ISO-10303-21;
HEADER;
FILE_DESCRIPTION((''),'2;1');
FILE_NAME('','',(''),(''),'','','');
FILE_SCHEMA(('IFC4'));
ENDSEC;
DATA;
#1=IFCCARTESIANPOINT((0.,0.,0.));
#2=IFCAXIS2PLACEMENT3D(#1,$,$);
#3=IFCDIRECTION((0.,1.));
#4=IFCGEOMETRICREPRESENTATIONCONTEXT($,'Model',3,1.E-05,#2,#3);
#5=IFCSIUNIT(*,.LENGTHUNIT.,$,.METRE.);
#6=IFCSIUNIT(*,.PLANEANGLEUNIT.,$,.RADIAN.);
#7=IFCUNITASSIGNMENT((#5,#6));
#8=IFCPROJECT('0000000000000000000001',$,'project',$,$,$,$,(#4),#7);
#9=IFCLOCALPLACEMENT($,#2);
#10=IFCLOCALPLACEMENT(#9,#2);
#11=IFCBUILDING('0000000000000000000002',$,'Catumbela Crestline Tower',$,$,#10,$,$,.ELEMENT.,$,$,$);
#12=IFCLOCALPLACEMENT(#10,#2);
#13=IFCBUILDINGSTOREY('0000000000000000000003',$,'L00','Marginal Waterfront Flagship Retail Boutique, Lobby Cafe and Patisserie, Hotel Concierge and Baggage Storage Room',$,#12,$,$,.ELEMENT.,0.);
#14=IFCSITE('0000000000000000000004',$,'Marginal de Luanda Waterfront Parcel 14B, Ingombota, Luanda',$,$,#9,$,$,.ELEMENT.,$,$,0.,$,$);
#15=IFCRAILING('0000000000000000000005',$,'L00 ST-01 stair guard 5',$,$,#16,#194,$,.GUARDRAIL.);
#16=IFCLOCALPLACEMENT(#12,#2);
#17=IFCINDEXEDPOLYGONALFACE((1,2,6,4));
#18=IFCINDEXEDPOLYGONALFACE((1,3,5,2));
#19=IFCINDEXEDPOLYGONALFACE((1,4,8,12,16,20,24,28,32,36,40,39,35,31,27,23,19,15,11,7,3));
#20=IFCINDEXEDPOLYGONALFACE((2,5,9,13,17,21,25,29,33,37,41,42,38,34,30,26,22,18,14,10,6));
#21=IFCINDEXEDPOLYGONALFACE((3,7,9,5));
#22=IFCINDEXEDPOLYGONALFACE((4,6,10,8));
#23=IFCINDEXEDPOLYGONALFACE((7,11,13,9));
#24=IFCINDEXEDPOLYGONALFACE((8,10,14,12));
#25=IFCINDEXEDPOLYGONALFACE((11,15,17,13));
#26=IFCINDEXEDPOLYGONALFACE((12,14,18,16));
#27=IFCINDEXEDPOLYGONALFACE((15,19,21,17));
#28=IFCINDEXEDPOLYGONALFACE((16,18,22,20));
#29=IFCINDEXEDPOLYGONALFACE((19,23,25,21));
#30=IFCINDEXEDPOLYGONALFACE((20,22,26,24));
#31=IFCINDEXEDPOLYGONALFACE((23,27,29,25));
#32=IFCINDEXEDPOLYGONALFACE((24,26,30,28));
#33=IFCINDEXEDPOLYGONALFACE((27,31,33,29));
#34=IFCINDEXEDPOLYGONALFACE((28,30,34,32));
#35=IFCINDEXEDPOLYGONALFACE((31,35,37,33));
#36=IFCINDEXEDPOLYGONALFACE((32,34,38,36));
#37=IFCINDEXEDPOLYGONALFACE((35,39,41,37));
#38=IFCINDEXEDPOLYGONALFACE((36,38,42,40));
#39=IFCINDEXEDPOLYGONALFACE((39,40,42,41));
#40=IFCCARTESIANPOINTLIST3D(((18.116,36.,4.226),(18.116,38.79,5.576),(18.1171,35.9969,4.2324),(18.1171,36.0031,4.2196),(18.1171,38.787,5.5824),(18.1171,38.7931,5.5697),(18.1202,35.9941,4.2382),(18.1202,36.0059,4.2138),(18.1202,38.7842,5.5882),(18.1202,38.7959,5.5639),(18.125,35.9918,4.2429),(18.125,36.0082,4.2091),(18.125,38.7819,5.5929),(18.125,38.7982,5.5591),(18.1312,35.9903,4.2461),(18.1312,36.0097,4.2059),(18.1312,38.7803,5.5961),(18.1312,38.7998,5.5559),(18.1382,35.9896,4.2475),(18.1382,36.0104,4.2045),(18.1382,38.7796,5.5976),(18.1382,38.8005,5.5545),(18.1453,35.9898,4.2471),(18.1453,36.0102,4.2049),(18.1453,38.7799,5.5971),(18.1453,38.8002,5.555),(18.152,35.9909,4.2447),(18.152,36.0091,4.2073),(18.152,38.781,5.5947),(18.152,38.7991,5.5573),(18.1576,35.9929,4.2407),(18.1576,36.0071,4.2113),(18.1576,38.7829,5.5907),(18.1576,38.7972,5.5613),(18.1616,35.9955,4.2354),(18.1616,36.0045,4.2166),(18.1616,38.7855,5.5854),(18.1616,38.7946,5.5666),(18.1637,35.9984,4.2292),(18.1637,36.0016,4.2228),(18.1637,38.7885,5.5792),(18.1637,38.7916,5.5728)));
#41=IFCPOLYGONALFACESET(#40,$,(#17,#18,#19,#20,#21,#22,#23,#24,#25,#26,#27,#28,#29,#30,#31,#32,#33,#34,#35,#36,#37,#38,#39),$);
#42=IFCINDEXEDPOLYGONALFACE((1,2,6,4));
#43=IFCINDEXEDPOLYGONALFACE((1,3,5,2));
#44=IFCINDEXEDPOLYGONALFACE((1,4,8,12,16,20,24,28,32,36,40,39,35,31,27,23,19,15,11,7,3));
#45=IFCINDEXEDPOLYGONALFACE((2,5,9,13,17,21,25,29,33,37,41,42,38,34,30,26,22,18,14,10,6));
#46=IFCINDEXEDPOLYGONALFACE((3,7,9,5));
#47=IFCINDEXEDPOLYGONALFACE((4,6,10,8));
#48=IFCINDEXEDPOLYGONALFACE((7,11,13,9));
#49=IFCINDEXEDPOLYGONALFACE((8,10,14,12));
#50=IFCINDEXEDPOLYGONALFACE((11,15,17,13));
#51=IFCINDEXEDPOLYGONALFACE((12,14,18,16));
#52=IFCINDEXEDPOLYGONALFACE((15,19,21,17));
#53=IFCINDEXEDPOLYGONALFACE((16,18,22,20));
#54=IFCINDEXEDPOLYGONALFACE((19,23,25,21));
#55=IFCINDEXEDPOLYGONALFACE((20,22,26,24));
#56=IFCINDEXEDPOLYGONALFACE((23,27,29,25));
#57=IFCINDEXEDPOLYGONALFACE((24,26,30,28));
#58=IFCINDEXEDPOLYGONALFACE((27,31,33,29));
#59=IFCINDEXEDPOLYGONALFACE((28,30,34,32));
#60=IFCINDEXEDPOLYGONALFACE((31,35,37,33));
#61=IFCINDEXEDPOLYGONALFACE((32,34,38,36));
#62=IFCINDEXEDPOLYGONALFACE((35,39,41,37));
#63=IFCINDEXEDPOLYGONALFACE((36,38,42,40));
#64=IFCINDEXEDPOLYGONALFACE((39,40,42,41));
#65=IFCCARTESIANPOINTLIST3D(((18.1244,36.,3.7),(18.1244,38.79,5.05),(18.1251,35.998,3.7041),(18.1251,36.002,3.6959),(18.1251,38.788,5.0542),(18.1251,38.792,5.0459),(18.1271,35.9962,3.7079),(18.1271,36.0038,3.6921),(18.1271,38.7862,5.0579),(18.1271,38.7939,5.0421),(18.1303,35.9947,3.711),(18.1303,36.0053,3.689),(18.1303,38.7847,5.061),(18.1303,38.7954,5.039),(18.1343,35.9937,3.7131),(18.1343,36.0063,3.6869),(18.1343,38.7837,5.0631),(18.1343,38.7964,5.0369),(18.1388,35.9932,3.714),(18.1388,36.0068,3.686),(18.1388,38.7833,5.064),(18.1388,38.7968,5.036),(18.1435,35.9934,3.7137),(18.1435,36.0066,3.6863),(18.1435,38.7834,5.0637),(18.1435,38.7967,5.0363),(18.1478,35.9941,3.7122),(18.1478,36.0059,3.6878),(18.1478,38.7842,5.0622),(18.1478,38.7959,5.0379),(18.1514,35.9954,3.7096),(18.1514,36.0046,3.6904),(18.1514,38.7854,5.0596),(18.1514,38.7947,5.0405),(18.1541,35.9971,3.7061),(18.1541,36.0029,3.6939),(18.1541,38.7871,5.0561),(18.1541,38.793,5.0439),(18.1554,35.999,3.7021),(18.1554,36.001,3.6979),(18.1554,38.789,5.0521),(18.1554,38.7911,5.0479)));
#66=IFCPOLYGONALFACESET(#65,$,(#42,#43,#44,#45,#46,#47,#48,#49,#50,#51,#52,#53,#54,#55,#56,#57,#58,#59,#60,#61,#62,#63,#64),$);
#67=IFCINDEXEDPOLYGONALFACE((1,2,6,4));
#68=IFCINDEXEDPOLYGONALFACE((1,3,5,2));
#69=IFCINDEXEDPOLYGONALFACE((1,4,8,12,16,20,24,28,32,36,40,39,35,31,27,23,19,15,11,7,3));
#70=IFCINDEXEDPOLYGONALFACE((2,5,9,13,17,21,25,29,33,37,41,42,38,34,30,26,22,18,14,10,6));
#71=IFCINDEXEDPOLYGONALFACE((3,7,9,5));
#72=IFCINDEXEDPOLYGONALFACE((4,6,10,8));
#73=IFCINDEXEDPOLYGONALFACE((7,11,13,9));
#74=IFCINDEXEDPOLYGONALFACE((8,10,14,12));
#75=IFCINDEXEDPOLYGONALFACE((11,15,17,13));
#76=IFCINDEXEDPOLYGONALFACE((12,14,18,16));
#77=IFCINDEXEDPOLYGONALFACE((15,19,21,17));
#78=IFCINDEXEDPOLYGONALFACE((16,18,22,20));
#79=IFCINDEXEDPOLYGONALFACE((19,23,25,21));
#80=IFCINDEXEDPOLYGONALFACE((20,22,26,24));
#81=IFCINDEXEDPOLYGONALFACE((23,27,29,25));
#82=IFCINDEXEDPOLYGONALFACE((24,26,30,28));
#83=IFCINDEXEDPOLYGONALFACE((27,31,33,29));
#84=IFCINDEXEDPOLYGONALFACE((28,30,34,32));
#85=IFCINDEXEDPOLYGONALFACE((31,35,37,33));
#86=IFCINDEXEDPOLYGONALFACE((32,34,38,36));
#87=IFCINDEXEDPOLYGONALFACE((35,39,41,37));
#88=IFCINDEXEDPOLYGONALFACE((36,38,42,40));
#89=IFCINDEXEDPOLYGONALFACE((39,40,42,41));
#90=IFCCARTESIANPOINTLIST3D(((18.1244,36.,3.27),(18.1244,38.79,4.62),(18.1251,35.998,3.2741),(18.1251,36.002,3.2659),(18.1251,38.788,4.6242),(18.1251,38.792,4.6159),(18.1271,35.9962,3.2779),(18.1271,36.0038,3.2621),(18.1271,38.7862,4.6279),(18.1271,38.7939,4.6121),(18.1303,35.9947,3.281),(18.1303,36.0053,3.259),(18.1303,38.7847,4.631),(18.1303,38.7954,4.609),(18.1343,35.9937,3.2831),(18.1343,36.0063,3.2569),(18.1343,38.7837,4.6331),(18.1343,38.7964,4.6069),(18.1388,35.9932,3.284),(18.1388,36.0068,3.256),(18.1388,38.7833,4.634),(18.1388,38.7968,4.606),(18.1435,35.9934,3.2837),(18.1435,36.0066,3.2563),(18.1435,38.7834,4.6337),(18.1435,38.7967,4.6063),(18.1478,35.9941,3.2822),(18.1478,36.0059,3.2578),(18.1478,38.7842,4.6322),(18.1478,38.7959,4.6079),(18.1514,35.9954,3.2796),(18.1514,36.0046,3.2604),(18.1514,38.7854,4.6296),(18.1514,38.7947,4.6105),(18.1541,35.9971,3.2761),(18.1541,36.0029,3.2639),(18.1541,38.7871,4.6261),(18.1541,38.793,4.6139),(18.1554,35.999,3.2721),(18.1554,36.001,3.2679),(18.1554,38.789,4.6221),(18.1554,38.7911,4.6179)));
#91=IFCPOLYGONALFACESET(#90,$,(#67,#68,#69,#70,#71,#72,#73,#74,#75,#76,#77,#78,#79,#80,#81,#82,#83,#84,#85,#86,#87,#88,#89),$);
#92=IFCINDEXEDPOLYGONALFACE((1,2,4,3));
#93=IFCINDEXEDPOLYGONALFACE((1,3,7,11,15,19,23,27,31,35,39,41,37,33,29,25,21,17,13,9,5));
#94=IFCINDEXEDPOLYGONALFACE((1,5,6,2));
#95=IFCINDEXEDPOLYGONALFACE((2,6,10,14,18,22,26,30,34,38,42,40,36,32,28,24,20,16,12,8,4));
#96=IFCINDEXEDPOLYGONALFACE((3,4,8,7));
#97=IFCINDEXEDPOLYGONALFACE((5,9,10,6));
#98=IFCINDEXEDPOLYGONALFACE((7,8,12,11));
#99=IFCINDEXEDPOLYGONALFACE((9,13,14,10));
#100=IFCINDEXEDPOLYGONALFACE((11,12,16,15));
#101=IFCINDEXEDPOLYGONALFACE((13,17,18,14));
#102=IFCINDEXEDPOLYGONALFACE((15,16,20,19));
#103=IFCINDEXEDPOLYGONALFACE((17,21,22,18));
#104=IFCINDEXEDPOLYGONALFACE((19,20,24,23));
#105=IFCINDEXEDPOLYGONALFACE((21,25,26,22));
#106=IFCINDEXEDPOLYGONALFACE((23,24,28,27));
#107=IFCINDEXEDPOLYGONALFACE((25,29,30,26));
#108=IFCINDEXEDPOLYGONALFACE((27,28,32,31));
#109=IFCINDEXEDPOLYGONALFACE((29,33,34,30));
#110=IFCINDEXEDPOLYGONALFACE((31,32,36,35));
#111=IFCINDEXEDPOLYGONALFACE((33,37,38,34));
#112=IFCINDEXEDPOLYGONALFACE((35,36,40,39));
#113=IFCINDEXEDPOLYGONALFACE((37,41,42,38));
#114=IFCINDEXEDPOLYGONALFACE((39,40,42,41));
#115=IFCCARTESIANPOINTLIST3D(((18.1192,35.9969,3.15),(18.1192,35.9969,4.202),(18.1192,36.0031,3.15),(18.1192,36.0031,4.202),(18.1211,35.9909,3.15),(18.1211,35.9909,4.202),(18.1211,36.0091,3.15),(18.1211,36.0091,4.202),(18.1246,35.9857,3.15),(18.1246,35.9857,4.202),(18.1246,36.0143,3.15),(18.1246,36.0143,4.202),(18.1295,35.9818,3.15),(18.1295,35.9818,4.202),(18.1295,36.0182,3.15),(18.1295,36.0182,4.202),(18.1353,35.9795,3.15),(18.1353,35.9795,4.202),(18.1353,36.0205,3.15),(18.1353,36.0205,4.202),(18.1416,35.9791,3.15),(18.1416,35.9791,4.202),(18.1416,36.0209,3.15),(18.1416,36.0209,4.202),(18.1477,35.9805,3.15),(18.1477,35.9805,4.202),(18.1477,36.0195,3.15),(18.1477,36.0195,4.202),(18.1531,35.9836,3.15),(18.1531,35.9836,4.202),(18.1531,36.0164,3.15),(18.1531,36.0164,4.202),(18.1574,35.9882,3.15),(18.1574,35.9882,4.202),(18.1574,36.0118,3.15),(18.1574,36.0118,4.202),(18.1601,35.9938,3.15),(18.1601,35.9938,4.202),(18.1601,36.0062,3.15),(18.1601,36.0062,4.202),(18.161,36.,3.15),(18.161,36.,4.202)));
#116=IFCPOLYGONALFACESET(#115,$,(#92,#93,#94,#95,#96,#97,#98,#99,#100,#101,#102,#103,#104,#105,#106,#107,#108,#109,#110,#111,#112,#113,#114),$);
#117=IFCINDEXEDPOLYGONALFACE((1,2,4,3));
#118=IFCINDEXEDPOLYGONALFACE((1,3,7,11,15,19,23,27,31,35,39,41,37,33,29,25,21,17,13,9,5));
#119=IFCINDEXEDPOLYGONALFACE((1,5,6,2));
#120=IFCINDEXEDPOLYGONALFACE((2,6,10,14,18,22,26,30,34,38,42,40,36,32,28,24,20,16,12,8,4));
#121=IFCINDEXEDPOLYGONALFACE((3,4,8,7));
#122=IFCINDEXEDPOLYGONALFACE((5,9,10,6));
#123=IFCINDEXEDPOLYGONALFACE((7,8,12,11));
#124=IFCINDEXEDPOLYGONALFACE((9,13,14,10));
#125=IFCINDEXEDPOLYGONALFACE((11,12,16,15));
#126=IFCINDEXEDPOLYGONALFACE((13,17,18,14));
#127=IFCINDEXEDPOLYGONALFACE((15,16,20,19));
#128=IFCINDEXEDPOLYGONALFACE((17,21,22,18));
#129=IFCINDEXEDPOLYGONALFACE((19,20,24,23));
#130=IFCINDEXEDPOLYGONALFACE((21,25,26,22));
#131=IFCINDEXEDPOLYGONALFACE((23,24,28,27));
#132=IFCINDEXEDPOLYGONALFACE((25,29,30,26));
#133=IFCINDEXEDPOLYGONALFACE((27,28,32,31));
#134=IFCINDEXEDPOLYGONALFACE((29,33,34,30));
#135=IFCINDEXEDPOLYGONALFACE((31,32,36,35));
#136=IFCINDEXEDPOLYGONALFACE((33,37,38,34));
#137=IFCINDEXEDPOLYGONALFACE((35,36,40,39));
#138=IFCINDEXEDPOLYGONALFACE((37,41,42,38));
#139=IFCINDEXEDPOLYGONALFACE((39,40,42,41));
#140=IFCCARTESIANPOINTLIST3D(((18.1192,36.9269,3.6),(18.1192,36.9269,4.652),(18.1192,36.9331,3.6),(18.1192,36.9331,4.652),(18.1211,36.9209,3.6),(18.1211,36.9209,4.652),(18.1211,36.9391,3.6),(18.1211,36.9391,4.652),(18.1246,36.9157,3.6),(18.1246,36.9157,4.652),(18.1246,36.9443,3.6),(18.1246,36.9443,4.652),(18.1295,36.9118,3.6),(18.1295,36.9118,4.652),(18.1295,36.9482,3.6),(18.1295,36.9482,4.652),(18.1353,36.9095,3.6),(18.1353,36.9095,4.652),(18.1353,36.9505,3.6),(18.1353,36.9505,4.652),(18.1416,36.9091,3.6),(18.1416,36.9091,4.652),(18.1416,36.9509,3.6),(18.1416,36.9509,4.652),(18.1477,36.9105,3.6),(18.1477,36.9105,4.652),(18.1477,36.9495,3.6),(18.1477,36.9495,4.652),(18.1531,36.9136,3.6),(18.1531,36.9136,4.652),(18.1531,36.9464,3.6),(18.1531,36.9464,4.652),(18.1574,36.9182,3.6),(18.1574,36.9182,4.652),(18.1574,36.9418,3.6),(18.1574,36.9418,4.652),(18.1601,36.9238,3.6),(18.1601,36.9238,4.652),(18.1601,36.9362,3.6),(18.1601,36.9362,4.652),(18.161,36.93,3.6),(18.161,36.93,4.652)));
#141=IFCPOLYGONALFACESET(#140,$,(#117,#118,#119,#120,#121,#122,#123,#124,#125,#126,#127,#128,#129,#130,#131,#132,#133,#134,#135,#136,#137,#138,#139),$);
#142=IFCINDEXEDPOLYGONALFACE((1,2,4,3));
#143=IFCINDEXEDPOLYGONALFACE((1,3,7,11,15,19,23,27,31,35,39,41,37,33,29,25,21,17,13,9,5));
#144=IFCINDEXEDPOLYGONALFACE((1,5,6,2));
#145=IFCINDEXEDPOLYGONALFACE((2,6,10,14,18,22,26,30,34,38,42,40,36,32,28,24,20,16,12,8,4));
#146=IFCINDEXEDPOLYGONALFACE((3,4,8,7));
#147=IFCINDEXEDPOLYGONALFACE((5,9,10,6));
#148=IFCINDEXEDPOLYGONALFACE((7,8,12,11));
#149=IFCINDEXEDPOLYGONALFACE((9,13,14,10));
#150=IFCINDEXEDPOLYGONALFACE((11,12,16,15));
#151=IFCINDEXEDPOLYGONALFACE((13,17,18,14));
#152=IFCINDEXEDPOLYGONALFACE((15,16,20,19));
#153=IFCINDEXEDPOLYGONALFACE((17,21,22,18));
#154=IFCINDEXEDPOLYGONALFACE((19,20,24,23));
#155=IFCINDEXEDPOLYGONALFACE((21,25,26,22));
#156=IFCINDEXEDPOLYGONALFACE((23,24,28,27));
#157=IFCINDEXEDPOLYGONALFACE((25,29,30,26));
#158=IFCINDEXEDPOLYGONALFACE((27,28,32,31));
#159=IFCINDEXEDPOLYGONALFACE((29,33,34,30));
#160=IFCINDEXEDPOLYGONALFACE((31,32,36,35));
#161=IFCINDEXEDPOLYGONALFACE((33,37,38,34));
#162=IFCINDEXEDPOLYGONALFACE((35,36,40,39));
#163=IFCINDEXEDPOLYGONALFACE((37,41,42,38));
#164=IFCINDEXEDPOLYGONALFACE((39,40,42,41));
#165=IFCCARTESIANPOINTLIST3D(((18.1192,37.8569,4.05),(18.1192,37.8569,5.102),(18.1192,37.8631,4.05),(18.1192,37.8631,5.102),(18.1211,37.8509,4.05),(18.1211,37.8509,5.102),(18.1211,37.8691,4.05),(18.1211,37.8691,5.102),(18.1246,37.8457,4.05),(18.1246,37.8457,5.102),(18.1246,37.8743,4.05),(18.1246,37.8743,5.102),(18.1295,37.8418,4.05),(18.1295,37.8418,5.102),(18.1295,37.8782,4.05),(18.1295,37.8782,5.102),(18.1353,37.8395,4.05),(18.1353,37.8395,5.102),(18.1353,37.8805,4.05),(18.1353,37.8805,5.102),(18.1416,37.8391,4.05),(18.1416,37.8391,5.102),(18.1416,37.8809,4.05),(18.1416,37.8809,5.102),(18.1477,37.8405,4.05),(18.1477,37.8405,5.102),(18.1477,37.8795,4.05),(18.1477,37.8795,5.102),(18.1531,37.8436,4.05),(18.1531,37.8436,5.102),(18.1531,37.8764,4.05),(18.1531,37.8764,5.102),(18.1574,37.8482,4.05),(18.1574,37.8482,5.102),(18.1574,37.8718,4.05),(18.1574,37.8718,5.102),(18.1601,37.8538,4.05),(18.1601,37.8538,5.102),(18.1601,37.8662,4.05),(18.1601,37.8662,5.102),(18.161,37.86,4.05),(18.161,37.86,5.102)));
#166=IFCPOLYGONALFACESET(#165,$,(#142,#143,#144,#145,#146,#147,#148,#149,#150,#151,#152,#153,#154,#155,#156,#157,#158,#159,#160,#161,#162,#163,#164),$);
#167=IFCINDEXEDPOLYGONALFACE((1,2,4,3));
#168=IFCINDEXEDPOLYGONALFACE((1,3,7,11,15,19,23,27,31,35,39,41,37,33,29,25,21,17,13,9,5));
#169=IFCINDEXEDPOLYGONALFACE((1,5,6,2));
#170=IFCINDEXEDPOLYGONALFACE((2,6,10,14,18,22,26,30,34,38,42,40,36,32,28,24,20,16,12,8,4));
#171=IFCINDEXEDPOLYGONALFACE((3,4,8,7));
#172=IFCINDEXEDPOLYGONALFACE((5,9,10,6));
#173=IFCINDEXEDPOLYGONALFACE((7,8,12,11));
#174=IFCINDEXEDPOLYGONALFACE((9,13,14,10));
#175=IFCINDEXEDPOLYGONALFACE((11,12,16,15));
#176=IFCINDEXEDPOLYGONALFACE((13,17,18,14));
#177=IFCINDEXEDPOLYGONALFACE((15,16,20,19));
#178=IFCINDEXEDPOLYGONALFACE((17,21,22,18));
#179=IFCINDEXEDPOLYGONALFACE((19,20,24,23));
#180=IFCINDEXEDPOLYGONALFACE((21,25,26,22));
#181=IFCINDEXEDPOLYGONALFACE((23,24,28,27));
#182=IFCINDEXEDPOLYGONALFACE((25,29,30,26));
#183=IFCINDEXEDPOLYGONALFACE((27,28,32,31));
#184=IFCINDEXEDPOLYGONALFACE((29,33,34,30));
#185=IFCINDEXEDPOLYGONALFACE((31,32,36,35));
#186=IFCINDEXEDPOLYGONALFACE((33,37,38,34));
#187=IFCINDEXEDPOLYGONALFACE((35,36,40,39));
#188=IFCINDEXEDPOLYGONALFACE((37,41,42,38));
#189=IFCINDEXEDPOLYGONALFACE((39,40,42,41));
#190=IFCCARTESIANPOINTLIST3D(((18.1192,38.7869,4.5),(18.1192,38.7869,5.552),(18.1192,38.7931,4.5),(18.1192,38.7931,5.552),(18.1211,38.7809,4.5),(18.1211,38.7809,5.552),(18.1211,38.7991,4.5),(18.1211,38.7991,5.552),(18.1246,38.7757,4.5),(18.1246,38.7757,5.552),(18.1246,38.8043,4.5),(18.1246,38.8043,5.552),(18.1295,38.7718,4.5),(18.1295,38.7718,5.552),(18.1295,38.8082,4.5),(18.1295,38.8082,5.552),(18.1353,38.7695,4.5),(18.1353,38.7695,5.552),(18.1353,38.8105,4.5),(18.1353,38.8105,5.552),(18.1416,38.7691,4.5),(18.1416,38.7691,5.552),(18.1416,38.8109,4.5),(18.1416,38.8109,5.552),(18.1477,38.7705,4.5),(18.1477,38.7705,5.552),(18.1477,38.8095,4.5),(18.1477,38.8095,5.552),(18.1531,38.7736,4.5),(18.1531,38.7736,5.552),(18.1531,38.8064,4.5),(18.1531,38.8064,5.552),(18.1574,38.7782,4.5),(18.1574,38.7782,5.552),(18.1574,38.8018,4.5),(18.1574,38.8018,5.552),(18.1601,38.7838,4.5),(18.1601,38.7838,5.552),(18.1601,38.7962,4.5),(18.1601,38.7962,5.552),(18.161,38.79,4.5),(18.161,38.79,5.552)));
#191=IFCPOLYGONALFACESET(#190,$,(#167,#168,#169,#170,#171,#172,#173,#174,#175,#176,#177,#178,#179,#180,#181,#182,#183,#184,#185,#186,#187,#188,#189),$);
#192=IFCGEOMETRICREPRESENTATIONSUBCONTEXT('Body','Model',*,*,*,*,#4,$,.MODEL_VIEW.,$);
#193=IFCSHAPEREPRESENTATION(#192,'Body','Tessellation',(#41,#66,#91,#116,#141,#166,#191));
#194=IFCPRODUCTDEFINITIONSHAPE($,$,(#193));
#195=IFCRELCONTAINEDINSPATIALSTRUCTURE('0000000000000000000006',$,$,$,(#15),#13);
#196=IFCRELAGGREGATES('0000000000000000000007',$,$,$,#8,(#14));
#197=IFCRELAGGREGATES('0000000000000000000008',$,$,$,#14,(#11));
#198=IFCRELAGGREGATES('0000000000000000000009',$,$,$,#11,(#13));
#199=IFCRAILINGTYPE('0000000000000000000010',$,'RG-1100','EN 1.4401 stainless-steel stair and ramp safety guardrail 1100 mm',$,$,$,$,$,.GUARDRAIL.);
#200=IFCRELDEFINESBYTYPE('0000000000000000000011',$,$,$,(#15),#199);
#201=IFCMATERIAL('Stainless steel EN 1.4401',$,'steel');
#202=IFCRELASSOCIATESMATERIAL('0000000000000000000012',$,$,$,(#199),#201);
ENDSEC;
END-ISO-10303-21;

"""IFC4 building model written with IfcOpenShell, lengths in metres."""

from ifc_helpers import new_model, si_unit, direction, frame, origin, origin_2d, place, context, subcontext, project, spatial, circle, extrude, material, type_object, element, save


model = new_model("IFC4")

# Units and contexts
model_context = context("Model", 3, precision=1e-05, world=origin(), true_north=direction((0.0, 1.0)))
body_context = subcontext(model_context, "Body", "Model", "MODEL_VIEW")
ifc_project = project(units=[si_unit("LENGTHUNIT", "METRE"), si_unit("PLANEANGLEUNIT", "RADIAN")], contexts=[model_context])

# Site, building, storey
site_placement = place(None, origin())
site = spatial("IfcSite", under=ifc_project, at=site_placement, Name="Marginal de Luanda Waterfront Parcel 14B, Ingombota, Luanda", CompositionType="ELEMENT", RefElevation=0.0)
building_placement = place(site_placement, origin())
building = spatial("IfcBuilding", under=site, at=building_placement, Name="Catumbela Crestline Tower", CompositionType="ELEMENT")
storey_placement = place(building_placement, origin())
storey = spatial("IfcBuildingStorey", under=building, at=storey_placement, Name="L00", Description="Marginal Waterfront Flagship Retail Boutique, Lobby Cafe and Patisserie, Hotel Concierge and Baggage Storage Room", CompositionType="ELEMENT", Elevation=0.0)

# Shared definitions
ifc_material_1 = material(Name="Stainless steel EN 1.4401", Category="steel")

# Railing
railing_type_1 = type_object("IfcRailingType", Name="RG-1100", Description="EN 1.4401 stainless-steel stair and ramp safety guardrail 1100 mm", PredefinedType="GUARDRAIL", material=ifc_material_1)
railing_1_placement = place(storey_placement, frame((18.14, 36.0, 3.15)))
element("IfcRailing", 1, at=railing_1_placement, inside=storey, type_object=railing_type_1, Name="L00 ST-01 stair guard 5", PredefinedType="GUARDRAIL", context=body_context, shape_type="SweptSolid", body=[
    extrude(circle(Radius=0.024, at=origin_2d()), frame((0.0, 0.0, 1.076), z_axis=(0.0, 0.900159, 0.435561), x_axis=(-1.0, 0.0, 0.0)), (0.0, 0.0, 1.0), 3.0995),
    extrude(circle(Radius=0.0156, at=origin_2d()), frame((0.0, 0.0, 0.55), z_axis=(0.0, 0.900159, 0.435561), x_axis=(-1.0, 0.0, 0.0)), (0.0, 0.0, 1.0), 3.0995),
    extrude(circle(Radius=0.0156, at=origin_2d()), frame((0.0, 0.0, 0.12), z_axis=(0.0, 0.900159, 0.435561), x_axis=(-1.0, 0.0, 0.0)), (0.0, 0.0, 1.0), 3.0995),
    extrude(circle(Radius=0.021, at=origin_2d()), origin(), (0.0, 0.0, 1.0), 1.052),
    extrude(circle(Radius=0.021, at=origin_2d()), frame((0.0, 0.93, 0.45)), (0.0, 0.0, 1.0), 1.052),
    extrude(circle(Radius=0.021, at=origin_2d()), frame((0.0, 1.86, 0.9)), (0.0, 0.0, 1.0), 1.052),
    extrude(circle(Radius=0.021, at=origin_2d()), frame((0.0, 2.79, 1.35)), (0.0, 0.0, 1.0), 1.052),
])

save(model, "model.ifc")
